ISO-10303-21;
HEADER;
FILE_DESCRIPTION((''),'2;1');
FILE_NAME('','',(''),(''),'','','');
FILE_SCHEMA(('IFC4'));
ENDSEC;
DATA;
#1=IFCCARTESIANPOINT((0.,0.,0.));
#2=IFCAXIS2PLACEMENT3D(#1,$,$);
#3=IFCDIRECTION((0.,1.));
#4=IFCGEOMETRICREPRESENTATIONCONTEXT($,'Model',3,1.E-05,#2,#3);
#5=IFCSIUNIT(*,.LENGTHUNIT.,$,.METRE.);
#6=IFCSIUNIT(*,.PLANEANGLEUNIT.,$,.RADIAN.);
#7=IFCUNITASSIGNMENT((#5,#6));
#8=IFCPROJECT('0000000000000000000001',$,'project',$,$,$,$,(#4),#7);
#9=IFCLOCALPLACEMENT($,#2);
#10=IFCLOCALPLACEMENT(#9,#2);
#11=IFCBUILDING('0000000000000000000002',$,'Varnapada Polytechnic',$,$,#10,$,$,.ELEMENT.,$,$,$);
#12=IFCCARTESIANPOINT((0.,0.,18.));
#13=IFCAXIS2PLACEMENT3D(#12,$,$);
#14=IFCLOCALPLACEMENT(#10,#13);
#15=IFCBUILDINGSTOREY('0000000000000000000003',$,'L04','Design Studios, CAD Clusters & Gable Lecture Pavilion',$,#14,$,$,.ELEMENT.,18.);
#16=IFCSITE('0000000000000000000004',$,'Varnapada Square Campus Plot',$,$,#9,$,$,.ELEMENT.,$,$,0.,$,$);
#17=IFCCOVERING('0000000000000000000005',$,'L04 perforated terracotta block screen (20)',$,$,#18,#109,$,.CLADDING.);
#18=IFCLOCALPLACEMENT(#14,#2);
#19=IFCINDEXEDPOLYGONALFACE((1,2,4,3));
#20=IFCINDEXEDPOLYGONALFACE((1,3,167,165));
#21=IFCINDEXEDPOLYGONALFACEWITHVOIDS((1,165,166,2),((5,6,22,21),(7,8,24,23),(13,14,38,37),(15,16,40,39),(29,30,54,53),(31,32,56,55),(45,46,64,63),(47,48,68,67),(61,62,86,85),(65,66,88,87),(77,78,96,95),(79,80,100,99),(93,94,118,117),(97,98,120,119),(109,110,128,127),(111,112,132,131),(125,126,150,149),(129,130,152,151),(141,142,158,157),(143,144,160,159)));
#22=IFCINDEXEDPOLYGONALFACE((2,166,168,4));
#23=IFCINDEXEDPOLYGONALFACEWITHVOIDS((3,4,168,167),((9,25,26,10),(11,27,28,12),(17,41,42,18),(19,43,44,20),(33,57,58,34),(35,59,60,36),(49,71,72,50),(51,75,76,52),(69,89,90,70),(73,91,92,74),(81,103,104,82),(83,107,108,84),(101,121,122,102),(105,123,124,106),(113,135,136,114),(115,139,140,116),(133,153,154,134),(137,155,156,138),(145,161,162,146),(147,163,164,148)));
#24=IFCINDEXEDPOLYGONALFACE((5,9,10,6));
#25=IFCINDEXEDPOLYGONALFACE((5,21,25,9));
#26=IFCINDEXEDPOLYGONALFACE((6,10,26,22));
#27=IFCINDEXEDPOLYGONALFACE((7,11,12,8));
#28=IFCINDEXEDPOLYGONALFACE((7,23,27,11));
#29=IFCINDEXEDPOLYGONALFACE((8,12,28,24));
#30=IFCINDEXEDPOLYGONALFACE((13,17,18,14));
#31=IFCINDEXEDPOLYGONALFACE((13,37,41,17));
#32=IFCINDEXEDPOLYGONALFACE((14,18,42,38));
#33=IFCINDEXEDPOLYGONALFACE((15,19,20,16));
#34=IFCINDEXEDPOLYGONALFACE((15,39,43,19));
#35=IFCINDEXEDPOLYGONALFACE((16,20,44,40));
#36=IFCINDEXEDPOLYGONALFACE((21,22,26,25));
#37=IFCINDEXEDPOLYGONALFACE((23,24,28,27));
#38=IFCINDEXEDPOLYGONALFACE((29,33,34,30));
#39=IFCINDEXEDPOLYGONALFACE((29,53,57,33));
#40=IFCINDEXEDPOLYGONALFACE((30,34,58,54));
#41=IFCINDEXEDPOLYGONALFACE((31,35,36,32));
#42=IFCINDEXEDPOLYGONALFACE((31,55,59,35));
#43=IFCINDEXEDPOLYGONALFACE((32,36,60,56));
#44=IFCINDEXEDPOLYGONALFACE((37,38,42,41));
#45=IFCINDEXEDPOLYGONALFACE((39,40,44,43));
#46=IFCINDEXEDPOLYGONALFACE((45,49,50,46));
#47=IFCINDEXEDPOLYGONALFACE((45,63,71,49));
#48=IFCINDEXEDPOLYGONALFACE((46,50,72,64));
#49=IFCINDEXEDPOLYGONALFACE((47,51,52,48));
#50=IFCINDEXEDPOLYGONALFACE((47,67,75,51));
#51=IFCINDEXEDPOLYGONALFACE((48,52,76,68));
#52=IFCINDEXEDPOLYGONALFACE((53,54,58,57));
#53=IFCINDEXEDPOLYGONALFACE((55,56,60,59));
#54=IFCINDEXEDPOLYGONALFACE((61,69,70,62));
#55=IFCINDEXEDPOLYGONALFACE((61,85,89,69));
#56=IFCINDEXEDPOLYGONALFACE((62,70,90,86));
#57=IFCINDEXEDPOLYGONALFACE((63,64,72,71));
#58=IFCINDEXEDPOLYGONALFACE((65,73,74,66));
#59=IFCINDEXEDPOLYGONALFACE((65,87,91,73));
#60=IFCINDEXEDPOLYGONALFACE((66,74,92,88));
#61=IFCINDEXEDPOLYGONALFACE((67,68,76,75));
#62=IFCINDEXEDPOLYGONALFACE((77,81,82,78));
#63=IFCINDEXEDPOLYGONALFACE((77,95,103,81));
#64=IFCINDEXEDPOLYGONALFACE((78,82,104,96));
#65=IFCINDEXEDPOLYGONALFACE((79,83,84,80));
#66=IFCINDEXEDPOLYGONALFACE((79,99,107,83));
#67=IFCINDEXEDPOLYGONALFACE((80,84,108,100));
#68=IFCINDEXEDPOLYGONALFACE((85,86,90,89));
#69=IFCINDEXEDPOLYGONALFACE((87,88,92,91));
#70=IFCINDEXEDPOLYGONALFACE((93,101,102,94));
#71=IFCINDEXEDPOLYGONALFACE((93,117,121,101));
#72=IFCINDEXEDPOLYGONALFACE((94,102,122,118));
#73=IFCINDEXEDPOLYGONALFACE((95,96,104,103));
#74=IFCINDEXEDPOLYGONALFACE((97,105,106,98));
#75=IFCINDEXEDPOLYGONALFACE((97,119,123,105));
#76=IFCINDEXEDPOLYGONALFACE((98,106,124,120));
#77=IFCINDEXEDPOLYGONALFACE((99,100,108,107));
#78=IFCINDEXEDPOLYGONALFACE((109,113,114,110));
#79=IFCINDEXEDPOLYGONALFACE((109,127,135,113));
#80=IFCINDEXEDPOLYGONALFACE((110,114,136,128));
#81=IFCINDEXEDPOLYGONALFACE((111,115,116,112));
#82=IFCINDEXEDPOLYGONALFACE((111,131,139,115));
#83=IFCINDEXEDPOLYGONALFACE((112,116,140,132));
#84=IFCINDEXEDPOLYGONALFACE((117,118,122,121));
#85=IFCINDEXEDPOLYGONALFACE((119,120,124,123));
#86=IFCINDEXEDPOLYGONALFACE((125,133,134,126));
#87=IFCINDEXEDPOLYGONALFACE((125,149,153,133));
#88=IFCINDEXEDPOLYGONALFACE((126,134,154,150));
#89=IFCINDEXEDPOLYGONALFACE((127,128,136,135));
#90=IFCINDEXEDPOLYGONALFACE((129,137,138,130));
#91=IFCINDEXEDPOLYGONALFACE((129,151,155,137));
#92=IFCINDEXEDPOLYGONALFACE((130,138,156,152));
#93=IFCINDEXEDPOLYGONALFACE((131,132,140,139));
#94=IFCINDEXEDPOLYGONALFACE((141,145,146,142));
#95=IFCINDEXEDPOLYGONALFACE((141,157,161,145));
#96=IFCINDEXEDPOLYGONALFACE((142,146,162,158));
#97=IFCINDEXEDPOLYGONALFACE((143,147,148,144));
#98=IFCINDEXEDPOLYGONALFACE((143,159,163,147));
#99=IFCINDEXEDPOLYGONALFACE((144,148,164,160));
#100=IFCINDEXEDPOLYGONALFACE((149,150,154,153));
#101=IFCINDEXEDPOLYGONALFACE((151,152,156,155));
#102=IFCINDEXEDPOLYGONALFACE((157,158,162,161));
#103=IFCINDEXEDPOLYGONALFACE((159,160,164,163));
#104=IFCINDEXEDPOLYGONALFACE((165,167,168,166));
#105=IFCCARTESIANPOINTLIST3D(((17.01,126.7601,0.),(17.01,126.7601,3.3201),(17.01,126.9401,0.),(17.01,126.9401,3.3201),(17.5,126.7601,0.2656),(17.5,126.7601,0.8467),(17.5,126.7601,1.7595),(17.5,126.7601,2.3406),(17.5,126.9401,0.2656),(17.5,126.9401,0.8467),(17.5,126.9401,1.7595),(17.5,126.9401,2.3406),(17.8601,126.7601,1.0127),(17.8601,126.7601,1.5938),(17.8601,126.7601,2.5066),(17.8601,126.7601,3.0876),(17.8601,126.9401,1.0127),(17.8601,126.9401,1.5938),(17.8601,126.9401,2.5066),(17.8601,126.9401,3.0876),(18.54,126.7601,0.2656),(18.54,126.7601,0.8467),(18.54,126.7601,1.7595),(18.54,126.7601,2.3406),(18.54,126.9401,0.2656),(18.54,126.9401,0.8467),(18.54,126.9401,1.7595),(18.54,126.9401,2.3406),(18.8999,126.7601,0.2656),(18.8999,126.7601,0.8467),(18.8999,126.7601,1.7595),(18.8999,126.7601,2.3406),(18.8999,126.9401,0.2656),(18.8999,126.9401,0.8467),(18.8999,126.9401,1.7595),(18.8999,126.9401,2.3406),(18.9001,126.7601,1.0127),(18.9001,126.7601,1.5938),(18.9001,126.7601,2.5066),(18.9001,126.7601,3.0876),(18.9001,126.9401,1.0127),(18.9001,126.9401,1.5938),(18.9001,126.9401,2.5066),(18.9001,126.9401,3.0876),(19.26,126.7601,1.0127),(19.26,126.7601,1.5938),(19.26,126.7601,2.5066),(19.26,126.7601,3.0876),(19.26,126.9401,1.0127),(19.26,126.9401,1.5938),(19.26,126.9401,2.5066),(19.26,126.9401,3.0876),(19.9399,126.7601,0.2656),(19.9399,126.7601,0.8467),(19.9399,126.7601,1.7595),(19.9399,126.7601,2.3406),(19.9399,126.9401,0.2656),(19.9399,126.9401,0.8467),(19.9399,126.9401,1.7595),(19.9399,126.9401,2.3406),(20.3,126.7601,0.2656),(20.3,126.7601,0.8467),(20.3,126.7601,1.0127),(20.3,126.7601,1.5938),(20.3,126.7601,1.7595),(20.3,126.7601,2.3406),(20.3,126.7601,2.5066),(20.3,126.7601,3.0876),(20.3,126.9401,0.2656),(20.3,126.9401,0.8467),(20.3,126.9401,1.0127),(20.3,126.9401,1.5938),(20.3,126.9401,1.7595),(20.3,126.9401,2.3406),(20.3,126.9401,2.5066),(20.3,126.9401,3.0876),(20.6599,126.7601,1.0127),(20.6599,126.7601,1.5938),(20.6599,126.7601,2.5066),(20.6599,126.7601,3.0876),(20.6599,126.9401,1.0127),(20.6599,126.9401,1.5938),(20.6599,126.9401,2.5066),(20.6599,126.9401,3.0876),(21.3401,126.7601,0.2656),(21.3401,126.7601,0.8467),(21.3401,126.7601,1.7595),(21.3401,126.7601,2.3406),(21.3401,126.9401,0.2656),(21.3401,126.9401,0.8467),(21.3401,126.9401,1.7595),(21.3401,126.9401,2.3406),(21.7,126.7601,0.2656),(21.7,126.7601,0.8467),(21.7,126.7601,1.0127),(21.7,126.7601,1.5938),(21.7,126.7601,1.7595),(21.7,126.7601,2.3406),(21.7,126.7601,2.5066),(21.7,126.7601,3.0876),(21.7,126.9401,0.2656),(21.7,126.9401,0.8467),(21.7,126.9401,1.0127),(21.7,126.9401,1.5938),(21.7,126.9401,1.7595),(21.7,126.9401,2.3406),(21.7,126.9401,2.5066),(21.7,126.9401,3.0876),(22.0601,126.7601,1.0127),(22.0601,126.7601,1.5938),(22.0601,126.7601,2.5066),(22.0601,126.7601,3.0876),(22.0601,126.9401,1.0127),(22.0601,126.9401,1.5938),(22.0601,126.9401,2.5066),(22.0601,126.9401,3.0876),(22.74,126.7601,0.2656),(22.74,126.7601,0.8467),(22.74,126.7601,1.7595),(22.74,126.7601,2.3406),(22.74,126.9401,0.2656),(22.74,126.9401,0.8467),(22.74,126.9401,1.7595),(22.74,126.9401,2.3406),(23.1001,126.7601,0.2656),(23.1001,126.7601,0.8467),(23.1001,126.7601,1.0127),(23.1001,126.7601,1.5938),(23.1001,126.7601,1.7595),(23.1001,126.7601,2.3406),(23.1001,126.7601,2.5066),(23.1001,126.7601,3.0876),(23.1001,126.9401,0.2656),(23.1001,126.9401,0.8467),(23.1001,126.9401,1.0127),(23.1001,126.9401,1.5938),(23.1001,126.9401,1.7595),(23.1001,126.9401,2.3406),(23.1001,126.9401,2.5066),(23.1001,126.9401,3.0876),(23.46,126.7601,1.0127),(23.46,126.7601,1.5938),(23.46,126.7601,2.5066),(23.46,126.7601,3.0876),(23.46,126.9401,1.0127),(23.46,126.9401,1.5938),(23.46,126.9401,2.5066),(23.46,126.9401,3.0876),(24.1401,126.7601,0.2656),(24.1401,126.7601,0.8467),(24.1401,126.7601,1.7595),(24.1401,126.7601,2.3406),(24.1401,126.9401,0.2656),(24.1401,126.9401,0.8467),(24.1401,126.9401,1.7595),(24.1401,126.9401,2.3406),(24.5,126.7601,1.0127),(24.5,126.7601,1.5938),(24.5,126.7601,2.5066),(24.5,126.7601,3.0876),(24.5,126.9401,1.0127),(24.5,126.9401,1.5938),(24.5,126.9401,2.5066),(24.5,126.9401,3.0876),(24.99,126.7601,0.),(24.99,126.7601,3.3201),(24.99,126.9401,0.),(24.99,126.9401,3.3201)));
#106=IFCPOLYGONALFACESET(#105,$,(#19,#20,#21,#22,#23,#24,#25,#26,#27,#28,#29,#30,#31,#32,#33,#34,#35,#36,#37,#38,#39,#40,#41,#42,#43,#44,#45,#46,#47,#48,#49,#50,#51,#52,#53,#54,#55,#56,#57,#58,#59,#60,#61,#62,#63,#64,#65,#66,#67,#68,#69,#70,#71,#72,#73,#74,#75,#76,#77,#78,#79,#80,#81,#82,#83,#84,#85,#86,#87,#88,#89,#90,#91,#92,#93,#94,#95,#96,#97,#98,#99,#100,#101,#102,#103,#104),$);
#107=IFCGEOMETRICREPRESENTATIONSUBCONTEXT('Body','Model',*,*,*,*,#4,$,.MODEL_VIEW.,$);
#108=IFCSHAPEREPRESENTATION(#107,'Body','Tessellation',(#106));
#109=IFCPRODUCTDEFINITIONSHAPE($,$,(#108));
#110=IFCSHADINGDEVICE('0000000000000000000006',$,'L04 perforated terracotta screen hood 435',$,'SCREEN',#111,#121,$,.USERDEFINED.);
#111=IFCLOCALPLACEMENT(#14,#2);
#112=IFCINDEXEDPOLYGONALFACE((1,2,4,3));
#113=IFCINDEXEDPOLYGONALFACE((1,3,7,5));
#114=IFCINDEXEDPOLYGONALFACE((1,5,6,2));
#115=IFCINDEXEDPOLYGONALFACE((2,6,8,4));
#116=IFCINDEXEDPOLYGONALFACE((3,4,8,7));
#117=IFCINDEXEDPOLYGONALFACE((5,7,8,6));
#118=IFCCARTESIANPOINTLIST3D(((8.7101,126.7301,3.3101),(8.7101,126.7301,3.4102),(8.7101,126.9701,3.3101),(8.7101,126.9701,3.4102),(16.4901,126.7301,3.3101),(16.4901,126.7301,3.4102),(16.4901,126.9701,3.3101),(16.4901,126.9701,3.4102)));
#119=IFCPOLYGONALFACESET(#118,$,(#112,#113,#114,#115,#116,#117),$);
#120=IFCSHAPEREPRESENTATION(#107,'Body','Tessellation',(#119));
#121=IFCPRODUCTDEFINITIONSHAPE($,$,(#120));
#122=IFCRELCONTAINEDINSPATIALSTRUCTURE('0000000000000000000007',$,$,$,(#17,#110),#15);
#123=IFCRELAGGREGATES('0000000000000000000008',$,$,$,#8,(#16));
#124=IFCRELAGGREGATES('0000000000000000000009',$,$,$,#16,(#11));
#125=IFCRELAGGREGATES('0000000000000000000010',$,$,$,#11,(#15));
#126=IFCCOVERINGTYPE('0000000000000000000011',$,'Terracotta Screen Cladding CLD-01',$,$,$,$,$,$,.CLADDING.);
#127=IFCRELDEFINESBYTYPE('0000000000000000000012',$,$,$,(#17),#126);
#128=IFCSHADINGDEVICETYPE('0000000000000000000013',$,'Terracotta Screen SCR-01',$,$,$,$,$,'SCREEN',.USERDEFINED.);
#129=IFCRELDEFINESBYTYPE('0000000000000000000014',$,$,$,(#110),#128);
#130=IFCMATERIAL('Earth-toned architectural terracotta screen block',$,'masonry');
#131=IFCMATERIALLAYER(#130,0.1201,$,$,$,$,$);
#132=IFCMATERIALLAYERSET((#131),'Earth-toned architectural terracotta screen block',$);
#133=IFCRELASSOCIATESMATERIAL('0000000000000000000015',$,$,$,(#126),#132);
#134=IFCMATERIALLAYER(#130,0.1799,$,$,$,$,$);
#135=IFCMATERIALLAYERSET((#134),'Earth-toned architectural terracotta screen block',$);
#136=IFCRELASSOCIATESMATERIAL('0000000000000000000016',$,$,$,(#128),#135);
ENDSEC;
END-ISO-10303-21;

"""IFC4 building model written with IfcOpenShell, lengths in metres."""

from ifc_helpers import new_model, si_unit, direction, frame, frame_2d, origin, origin_2d, place, context, subcontext, project, spatial, rectangle, extrude, material, layer, layer_set, type_object, element, save


model = new_model("IFC4")

# Units and contexts
model_context = context("Model", 3, precision=1e-05, world=origin(), true_north=direction((0.0, 1.0)))
body_context = subcontext(model_context, "Body", "Model", "MODEL_VIEW")
ifc_project = project(units=[si_unit("LENGTHUNIT", "METRE"), si_unit("PLANEANGLEUNIT", "RADIAN")], contexts=[model_context])

# Site, building, storey
site_placement = place(None, origin())
site = spatial("IfcSite", under=ifc_project, at=site_placement, Name="Varnapada Square Campus Plot", CompositionType="ELEMENT", RefElevation=0.0)
building_placement = place(site_placement, origin())
building = spatial("IfcBuilding", under=site, at=building_placement, Name="Varnapada Polytechnic", CompositionType="ELEMENT")
storey_placement = place(building_placement, frame((0.0, 0.0, 18.0)))
storey = spatial("IfcBuildingStorey", under=building, at=storey_placement, Name="L04", Description="Design Studios, CAD Clusters & Gable Lecture Pavilion", CompositionType="ELEMENT", Elevation=18.0)

# Covering, openings
ifc_material_1 = material(Name="Earth-toned architectural terracotta screen block", Category="masonry")
ifc_layer_1 = layer(ifc_material_1, 0.1201)
ifc_layer_set_1 = layer_set([ifc_layer_1], Name="Earth-toned architectural terracotta screen block")
covering_type = type_object("IfcCoveringType", Name="Terracotta Screen Cladding CLD-01", PredefinedType="CLADDING", material=ifc_layer_set_1)
covering_placement = place(storey_placement, frame((17.01, 126.8501, 0.0), z_axis=(0.0, 0.0, 1.0), x_axis=(1.0, 0.0, 0.0)))
covering = element("IfcCovering", 1, at=covering_placement, inside=storey, type_object=covering_type, Name="L04 perforated terracotta block screen (20)", PredefinedType="CLADDING", context=body_context, shape_type="SweptSolid", body=[
    extrude(rectangle(XDim=7.98, YDim=0.1799, at=frame_2d((3.99, 0.0))), origin(), (0.0, 0.0, 1.0), 3.3201),
])
opening_1_placement = place(covering_placement, frame((0.49, 0.0, 0.2656)))
element("IfcOpeningElement", 2, at=opening_1_placement, cuts=covering, PredefinedType="OPENING", context=body_context, shape_type="SweptSolid", body=[
    extrude(rectangle(XDim=1.04, YDim=0.5811, at=frame_2d((0.52, 0.2905))), frame((0.0, 0.0999, 0.0), z_axis=(0.0, -1.0, 0.0), x_axis=(1.0, 0.0, 0.0)), (0.0, 0.0, 1.0), 0.2),
])
opening_2_placement = place(covering_placement, frame((1.8899, 0.0, 0.2656)))
element("IfcOpeningElement", 3, at=opening_2_placement, cuts=covering, PredefinedType="OPENING", context=body_context, shape_type="SweptSolid", body=[
    extrude(rectangle(XDim=1.04, YDim=0.5811, at=frame_2d((0.52, 0.2905))), frame((0.0, 0.0999, 0.0), z_axis=(0.0, -1.0, 0.0), x_axis=(1.0, 0.0, 0.0)), (0.0, 0.0, 1.0), 0.2),
])
opening_3_placement = place(covering_placement, frame((3.29, 0.0, 0.2656)))
element("IfcOpeningElement", 4, at=opening_3_placement, cuts=covering, PredefinedType="OPENING", context=body_context, shape_type="SweptSolid", body=[
    extrude(rectangle(XDim=1.04, YDim=0.5811, at=frame_2d((0.52, 0.2905))), frame((0.0, 0.0999, 0.0), z_axis=(0.0, -1.0, 0.0), x_axis=(1.0, 0.0, 0.0)), (0.0, 0.0, 1.0), 0.2),
])
opening_4_placement = place(covering_placement, frame((4.6899, 0.0, 0.2656)))
element("IfcOpeningElement", 5, at=opening_4_placement, cuts=covering, PredefinedType="OPENING", context=body_context, shape_type="SweptSolid", body=[
    extrude(rectangle(XDim=1.04, YDim=0.5811, at=frame_2d((0.52, 0.2905))), frame((0.0, 0.0999, 0.0), z_axis=(0.0, -1.0, 0.0), x_axis=(1.0, 0.0, 0.0)), (0.0, 0.0, 1.0), 0.2),
])
opening_5_placement = place(covering_placement, frame((6.0901, 0.0, 0.2656)))
element("IfcOpeningElement", 6, at=opening_5_placement, cuts=covering, PredefinedType="OPENING", context=body_context, shape_type="SweptSolid", body=[
    extrude(rectangle(XDim=1.04, YDim=0.5811, at=frame_2d((0.52, 0.2905))), frame((0.0, 0.0999, 0.0), z_axis=(0.0, -1.0, 0.0), x_axis=(1.0, 0.0, 0.0)), (0.0, 0.0, 1.0), 0.2),
])
opening_6_placement = place(covering_placement, frame((0.8501, 0.0, 1.0127)))
element("IfcOpeningElement", 7, at=opening_6_placement, cuts=covering, PredefinedType="OPENING", context=body_context, shape_type="SweptSolid", body=[
    extrude(rectangle(XDim=1.04, YDim=0.5811, at=frame_2d((0.52, 0.2905))), frame((0.0, 0.0999, 0.0), z_axis=(0.0, -1.0, 0.0), x_axis=(1.0, 0.0, 0.0)), (0.0, 0.0, 1.0), 0.2),
])
opening_7_placement = place(covering_placement, frame((2.25, 0.0, 1.0127)))
element("IfcOpeningElement", 8, at=opening_7_placement, cuts=covering, PredefinedType="OPENING", context=body_context, shape_type="SweptSolid", body=[
    extrude(rectangle(XDim=1.04, YDim=0.5811, at=frame_2d((0.52, 0.2905))), frame((0.0, 0.0999, 0.0), z_axis=(0.0, -1.0, 0.0), x_axis=(1.0, 0.0, 0.0)), (0.0, 0.0, 1.0), 0.2),
])
opening_8_placement = place(covering_placement, frame((3.6499, 0.0, 1.0127)))
element("IfcOpeningElement", 9, at=opening_8_placement, cuts=covering, PredefinedType="OPENING", context=body_context, shape_type="SweptSolid", body=[
    extrude(rectangle(XDim=1.04, YDim=0.5811, at=frame_2d((0.52, 0.2905))), frame((0.0, 0.0999, 0.0), z_axis=(0.0, -1.0, 0.0), x_axis=(1.0, 0.0, 0.0)), (0.0, 0.0, 1.0), 0.2),
])
opening_9_placement = place(covering_placement, frame((5.05, 0.0, 1.0127)))
element("IfcOpeningElement", 10, at=opening_9_placement, cuts=covering, PredefinedType="OPENING", context=body_context, shape_type="SweptSolid", body=[
    extrude(rectangle(XDim=1.04, YDim=0.5811, at=frame_2d((0.52, 0.2905))), frame((0.0, 0.0999, 0.0), z_axis=(0.0, -1.0, 0.0), x_axis=(1.0, 0.0, 0.0)), (0.0, 0.0, 1.0), 0.2),
])
opening_10_placement = place(covering_placement, frame((6.45, 0.0, 1.0127)))
element("IfcOpeningElement", 11, at=opening_10_placement, cuts=covering, PredefinedType="OPENING", context=body_context, shape_type="SweptSolid", body=[
    extrude(rectangle(XDim=1.04, YDim=0.5811, at=frame_2d((0.52, 0.2905))), frame((0.0, 0.0999, 0.0), z_axis=(0.0, -1.0, 0.0), x_axis=(1.0, 0.0, 0.0)), (0.0, 0.0, 1.0), 0.2),
])
opening_11_placement = place(covering_placement, frame((0.49, 0.0, 1.7595)))
element("IfcOpeningElement", 12, at=opening_11_placement, cuts=covering, PredefinedType="OPENING", context=body_context, shape_type="SweptSolid", body=[
    extrude(rectangle(XDim=1.04, YDim=0.5811, at=frame_2d((0.52, 0.2905))), frame((0.0, 0.0999, 0.0), z_axis=(0.0, -1.0, 0.0), x_axis=(1.0, 0.0, 0.0)), (0.0, 0.0, 1.0), 0.2),
])
opening_12_placement = place(covering_placement, frame((1.8899, 0.0, 1.7595)))
element("IfcOpeningElement", 13, at=opening_12_placement, cuts=covering, PredefinedType="OPENING", context=body_context, shape_type="SweptSolid", body=[
    extrude(rectangle(XDim=1.04, YDim=0.5811, at=frame_2d((0.52, 0.2905))), frame((0.0, 0.0999, 0.0), z_axis=(0.0, -1.0, 0.0), x_axis=(1.0, 0.0, 0.0)), (0.0, 0.0, 1.0), 0.2),
])
opening_13_placement = place(covering_placement, frame((3.29, 0.0, 1.7595)))
element("IfcOpeningElement", 14, at=opening_13_placement, cuts=covering, PredefinedType="OPENING", context=body_context, shape_type="SweptSolid", body=[
    extrude(rectangle(XDim=1.04, YDim=0.5811, at=frame_2d((0.52, 0.2905))), frame((0.0, 0.0999, 0.0), z_axis=(0.0, -1.0, 0.0), x_axis=(1.0, 0.0, 0.0)), (0.0, 0.0, 1.0), 0.2),
])
opening_14_placement = place(covering_placement, frame((4.6899, 0.0, 1.7595)))
element("IfcOpeningElement", 15, at=opening_14_placement, cuts=covering, PredefinedType="OPENING", context=body_context, shape_type="SweptSolid", body=[
    extrude(rectangle(XDim=1.04, YDim=0.5811, at=frame_2d((0.52, 0.2905))), frame((0.0, 0.0999, 0.0), z_axis=(0.0, -1.0, 0.0), x_axis=(1.0, 0.0, 0.0)), (0.0, 0.0, 1.0), 0.2),
])
opening_15_placement = place(covering_placement, frame((6.0901, 0.0, 1.7595)))
element("IfcOpeningElement", 16, at=opening_15_placement, cuts=covering, PredefinedType="OPENING", context=body_context, shape_type="SweptSolid", body=[
    extrude(rectangle(XDim=1.04, YDim=0.5811, at=frame_2d((0.52, 0.2905))), frame((0.0, 0.0999, 0.0), z_axis=(0.0, -1.0, 0.0), x_axis=(1.0, 0.0, 0.0)), (0.0, 0.0, 1.0), 0.2),
])
opening_16_placement = place(covering_placement, frame((0.8501, 0.0, 2.5066)))
element("IfcOpeningElement", 17, at=opening_16_placement, cuts=covering, PredefinedType="OPENING", context=body_context, shape_type="SweptSolid", body=[
    extrude(rectangle(XDim=1.04, YDim=0.5811, at=frame_2d((0.52, 0.2905))), frame((0.0, 0.0999, 0.0), z_axis=(0.0, -1.0, 0.0), x_axis=(1.0, 0.0, 0.0)), (0.0, 0.0, 1.0), 0.2),
])
opening_17_placement = place(covering_placement, frame((2.25, 0.0, 2.5066)))
element("IfcOpeningElement", 18, at=opening_17_placement, cuts=covering, PredefinedType="OPENING", context=body_context, shape_type="SweptSolid", body=[
    extrude(rectangle(XDim=1.04, YDim=0.5811, at=frame_2d((0.52, 0.2905))), frame((0.0, 0.0999, 0.0), z_axis=(0.0, -1.0, 0.0), x_axis=(1.0, 0.0, 0.0)), (0.0, 0.0, 1.0), 0.2),
])
opening_18_placement = place(covering_placement, frame((3.6499, 0.0, 2.5066)))
element("IfcOpeningElement", 19, at=opening_18_placement, cuts=covering, PredefinedType="OPENING", context=body_context, shape_type="SweptSolid", body=[
    extrude(rectangle(XDim=1.04, YDim=0.5811, at=frame_2d((0.52, 0.2905))), frame((0.0, 0.0999, 0.0), z_axis=(0.0, -1.0, 0.0), x_axis=(1.0, 0.0, 0.0)), (0.0, 0.0, 1.0), 0.2),
])
opening_19_placement = place(covering_placement, frame((5.05, 0.0, 2.5066)))
element("IfcOpeningElement", 20, at=opening_19_placement, cuts=covering, PredefinedType="OPENING", context=body_context, shape_type="SweptSolid", body=[
    extrude(rectangle(XDim=1.04, YDim=0.5811, at=frame_2d((0.52, 0.2905))), frame((0.0, 0.0999, 0.0), z_axis=(0.0, -1.0, 0.0), x_axis=(1.0, 0.0, 0.0)), (0.0, 0.0, 1.0), 0.2),
])
opening_20_placement = place(covering_placement, frame((6.45, 0.0, 2.5066)))
element("IfcOpeningElement", 21, at=opening_20_placement, cuts=covering, PredefinedType="OPENING", context=body_context, shape_type="SweptSolid", body=[
    extrude(rectangle(XDim=1.04, YDim=0.5811, at=frame_2d((0.52, 0.2905))), frame((0.0, 0.0999, 0.0), z_axis=(0.0, -1.0, 0.0), x_axis=(1.0, 0.0, 0.0)), (0.0, 0.0, 1.0), 0.2),
])

# Shading device
ifc_layer_2 = layer(ifc_material_1, 0.1799)
ifc_layer_set_2 = layer_set([ifc_layer_2], Name="Earth-toned architectural terracotta screen block")
shading_device_type = type_object("IfcShadingDeviceType", Name="Terracotta Screen SCR-01", ElementType="SCREEN", PredefinedType="USERDEFINED", material=ifc_layer_set_2)
shading_device_placement = place(storey_placement, frame((12.6001, 126.8501, 3.3101), z_axis=(0.0, 0.0, 1.0), x_axis=(1.0, 0.0, 0.0)))
element("IfcShadingDevice", 22, at=shading_device_placement, inside=storey, type_object=shading_device_type, Name="L04 perforated terracotta screen hood 435", ObjectType="SCREEN", PredefinedType="USERDEFINED", context=body_context, shape_type="SweptSolid", body=[
    extrude(rectangle(XDim=7.78, YDim=0.24, at=origin_2d()), origin(), (0.0, 0.0, 1.0), 0.1001),
])

save(model, "model.ifc")
